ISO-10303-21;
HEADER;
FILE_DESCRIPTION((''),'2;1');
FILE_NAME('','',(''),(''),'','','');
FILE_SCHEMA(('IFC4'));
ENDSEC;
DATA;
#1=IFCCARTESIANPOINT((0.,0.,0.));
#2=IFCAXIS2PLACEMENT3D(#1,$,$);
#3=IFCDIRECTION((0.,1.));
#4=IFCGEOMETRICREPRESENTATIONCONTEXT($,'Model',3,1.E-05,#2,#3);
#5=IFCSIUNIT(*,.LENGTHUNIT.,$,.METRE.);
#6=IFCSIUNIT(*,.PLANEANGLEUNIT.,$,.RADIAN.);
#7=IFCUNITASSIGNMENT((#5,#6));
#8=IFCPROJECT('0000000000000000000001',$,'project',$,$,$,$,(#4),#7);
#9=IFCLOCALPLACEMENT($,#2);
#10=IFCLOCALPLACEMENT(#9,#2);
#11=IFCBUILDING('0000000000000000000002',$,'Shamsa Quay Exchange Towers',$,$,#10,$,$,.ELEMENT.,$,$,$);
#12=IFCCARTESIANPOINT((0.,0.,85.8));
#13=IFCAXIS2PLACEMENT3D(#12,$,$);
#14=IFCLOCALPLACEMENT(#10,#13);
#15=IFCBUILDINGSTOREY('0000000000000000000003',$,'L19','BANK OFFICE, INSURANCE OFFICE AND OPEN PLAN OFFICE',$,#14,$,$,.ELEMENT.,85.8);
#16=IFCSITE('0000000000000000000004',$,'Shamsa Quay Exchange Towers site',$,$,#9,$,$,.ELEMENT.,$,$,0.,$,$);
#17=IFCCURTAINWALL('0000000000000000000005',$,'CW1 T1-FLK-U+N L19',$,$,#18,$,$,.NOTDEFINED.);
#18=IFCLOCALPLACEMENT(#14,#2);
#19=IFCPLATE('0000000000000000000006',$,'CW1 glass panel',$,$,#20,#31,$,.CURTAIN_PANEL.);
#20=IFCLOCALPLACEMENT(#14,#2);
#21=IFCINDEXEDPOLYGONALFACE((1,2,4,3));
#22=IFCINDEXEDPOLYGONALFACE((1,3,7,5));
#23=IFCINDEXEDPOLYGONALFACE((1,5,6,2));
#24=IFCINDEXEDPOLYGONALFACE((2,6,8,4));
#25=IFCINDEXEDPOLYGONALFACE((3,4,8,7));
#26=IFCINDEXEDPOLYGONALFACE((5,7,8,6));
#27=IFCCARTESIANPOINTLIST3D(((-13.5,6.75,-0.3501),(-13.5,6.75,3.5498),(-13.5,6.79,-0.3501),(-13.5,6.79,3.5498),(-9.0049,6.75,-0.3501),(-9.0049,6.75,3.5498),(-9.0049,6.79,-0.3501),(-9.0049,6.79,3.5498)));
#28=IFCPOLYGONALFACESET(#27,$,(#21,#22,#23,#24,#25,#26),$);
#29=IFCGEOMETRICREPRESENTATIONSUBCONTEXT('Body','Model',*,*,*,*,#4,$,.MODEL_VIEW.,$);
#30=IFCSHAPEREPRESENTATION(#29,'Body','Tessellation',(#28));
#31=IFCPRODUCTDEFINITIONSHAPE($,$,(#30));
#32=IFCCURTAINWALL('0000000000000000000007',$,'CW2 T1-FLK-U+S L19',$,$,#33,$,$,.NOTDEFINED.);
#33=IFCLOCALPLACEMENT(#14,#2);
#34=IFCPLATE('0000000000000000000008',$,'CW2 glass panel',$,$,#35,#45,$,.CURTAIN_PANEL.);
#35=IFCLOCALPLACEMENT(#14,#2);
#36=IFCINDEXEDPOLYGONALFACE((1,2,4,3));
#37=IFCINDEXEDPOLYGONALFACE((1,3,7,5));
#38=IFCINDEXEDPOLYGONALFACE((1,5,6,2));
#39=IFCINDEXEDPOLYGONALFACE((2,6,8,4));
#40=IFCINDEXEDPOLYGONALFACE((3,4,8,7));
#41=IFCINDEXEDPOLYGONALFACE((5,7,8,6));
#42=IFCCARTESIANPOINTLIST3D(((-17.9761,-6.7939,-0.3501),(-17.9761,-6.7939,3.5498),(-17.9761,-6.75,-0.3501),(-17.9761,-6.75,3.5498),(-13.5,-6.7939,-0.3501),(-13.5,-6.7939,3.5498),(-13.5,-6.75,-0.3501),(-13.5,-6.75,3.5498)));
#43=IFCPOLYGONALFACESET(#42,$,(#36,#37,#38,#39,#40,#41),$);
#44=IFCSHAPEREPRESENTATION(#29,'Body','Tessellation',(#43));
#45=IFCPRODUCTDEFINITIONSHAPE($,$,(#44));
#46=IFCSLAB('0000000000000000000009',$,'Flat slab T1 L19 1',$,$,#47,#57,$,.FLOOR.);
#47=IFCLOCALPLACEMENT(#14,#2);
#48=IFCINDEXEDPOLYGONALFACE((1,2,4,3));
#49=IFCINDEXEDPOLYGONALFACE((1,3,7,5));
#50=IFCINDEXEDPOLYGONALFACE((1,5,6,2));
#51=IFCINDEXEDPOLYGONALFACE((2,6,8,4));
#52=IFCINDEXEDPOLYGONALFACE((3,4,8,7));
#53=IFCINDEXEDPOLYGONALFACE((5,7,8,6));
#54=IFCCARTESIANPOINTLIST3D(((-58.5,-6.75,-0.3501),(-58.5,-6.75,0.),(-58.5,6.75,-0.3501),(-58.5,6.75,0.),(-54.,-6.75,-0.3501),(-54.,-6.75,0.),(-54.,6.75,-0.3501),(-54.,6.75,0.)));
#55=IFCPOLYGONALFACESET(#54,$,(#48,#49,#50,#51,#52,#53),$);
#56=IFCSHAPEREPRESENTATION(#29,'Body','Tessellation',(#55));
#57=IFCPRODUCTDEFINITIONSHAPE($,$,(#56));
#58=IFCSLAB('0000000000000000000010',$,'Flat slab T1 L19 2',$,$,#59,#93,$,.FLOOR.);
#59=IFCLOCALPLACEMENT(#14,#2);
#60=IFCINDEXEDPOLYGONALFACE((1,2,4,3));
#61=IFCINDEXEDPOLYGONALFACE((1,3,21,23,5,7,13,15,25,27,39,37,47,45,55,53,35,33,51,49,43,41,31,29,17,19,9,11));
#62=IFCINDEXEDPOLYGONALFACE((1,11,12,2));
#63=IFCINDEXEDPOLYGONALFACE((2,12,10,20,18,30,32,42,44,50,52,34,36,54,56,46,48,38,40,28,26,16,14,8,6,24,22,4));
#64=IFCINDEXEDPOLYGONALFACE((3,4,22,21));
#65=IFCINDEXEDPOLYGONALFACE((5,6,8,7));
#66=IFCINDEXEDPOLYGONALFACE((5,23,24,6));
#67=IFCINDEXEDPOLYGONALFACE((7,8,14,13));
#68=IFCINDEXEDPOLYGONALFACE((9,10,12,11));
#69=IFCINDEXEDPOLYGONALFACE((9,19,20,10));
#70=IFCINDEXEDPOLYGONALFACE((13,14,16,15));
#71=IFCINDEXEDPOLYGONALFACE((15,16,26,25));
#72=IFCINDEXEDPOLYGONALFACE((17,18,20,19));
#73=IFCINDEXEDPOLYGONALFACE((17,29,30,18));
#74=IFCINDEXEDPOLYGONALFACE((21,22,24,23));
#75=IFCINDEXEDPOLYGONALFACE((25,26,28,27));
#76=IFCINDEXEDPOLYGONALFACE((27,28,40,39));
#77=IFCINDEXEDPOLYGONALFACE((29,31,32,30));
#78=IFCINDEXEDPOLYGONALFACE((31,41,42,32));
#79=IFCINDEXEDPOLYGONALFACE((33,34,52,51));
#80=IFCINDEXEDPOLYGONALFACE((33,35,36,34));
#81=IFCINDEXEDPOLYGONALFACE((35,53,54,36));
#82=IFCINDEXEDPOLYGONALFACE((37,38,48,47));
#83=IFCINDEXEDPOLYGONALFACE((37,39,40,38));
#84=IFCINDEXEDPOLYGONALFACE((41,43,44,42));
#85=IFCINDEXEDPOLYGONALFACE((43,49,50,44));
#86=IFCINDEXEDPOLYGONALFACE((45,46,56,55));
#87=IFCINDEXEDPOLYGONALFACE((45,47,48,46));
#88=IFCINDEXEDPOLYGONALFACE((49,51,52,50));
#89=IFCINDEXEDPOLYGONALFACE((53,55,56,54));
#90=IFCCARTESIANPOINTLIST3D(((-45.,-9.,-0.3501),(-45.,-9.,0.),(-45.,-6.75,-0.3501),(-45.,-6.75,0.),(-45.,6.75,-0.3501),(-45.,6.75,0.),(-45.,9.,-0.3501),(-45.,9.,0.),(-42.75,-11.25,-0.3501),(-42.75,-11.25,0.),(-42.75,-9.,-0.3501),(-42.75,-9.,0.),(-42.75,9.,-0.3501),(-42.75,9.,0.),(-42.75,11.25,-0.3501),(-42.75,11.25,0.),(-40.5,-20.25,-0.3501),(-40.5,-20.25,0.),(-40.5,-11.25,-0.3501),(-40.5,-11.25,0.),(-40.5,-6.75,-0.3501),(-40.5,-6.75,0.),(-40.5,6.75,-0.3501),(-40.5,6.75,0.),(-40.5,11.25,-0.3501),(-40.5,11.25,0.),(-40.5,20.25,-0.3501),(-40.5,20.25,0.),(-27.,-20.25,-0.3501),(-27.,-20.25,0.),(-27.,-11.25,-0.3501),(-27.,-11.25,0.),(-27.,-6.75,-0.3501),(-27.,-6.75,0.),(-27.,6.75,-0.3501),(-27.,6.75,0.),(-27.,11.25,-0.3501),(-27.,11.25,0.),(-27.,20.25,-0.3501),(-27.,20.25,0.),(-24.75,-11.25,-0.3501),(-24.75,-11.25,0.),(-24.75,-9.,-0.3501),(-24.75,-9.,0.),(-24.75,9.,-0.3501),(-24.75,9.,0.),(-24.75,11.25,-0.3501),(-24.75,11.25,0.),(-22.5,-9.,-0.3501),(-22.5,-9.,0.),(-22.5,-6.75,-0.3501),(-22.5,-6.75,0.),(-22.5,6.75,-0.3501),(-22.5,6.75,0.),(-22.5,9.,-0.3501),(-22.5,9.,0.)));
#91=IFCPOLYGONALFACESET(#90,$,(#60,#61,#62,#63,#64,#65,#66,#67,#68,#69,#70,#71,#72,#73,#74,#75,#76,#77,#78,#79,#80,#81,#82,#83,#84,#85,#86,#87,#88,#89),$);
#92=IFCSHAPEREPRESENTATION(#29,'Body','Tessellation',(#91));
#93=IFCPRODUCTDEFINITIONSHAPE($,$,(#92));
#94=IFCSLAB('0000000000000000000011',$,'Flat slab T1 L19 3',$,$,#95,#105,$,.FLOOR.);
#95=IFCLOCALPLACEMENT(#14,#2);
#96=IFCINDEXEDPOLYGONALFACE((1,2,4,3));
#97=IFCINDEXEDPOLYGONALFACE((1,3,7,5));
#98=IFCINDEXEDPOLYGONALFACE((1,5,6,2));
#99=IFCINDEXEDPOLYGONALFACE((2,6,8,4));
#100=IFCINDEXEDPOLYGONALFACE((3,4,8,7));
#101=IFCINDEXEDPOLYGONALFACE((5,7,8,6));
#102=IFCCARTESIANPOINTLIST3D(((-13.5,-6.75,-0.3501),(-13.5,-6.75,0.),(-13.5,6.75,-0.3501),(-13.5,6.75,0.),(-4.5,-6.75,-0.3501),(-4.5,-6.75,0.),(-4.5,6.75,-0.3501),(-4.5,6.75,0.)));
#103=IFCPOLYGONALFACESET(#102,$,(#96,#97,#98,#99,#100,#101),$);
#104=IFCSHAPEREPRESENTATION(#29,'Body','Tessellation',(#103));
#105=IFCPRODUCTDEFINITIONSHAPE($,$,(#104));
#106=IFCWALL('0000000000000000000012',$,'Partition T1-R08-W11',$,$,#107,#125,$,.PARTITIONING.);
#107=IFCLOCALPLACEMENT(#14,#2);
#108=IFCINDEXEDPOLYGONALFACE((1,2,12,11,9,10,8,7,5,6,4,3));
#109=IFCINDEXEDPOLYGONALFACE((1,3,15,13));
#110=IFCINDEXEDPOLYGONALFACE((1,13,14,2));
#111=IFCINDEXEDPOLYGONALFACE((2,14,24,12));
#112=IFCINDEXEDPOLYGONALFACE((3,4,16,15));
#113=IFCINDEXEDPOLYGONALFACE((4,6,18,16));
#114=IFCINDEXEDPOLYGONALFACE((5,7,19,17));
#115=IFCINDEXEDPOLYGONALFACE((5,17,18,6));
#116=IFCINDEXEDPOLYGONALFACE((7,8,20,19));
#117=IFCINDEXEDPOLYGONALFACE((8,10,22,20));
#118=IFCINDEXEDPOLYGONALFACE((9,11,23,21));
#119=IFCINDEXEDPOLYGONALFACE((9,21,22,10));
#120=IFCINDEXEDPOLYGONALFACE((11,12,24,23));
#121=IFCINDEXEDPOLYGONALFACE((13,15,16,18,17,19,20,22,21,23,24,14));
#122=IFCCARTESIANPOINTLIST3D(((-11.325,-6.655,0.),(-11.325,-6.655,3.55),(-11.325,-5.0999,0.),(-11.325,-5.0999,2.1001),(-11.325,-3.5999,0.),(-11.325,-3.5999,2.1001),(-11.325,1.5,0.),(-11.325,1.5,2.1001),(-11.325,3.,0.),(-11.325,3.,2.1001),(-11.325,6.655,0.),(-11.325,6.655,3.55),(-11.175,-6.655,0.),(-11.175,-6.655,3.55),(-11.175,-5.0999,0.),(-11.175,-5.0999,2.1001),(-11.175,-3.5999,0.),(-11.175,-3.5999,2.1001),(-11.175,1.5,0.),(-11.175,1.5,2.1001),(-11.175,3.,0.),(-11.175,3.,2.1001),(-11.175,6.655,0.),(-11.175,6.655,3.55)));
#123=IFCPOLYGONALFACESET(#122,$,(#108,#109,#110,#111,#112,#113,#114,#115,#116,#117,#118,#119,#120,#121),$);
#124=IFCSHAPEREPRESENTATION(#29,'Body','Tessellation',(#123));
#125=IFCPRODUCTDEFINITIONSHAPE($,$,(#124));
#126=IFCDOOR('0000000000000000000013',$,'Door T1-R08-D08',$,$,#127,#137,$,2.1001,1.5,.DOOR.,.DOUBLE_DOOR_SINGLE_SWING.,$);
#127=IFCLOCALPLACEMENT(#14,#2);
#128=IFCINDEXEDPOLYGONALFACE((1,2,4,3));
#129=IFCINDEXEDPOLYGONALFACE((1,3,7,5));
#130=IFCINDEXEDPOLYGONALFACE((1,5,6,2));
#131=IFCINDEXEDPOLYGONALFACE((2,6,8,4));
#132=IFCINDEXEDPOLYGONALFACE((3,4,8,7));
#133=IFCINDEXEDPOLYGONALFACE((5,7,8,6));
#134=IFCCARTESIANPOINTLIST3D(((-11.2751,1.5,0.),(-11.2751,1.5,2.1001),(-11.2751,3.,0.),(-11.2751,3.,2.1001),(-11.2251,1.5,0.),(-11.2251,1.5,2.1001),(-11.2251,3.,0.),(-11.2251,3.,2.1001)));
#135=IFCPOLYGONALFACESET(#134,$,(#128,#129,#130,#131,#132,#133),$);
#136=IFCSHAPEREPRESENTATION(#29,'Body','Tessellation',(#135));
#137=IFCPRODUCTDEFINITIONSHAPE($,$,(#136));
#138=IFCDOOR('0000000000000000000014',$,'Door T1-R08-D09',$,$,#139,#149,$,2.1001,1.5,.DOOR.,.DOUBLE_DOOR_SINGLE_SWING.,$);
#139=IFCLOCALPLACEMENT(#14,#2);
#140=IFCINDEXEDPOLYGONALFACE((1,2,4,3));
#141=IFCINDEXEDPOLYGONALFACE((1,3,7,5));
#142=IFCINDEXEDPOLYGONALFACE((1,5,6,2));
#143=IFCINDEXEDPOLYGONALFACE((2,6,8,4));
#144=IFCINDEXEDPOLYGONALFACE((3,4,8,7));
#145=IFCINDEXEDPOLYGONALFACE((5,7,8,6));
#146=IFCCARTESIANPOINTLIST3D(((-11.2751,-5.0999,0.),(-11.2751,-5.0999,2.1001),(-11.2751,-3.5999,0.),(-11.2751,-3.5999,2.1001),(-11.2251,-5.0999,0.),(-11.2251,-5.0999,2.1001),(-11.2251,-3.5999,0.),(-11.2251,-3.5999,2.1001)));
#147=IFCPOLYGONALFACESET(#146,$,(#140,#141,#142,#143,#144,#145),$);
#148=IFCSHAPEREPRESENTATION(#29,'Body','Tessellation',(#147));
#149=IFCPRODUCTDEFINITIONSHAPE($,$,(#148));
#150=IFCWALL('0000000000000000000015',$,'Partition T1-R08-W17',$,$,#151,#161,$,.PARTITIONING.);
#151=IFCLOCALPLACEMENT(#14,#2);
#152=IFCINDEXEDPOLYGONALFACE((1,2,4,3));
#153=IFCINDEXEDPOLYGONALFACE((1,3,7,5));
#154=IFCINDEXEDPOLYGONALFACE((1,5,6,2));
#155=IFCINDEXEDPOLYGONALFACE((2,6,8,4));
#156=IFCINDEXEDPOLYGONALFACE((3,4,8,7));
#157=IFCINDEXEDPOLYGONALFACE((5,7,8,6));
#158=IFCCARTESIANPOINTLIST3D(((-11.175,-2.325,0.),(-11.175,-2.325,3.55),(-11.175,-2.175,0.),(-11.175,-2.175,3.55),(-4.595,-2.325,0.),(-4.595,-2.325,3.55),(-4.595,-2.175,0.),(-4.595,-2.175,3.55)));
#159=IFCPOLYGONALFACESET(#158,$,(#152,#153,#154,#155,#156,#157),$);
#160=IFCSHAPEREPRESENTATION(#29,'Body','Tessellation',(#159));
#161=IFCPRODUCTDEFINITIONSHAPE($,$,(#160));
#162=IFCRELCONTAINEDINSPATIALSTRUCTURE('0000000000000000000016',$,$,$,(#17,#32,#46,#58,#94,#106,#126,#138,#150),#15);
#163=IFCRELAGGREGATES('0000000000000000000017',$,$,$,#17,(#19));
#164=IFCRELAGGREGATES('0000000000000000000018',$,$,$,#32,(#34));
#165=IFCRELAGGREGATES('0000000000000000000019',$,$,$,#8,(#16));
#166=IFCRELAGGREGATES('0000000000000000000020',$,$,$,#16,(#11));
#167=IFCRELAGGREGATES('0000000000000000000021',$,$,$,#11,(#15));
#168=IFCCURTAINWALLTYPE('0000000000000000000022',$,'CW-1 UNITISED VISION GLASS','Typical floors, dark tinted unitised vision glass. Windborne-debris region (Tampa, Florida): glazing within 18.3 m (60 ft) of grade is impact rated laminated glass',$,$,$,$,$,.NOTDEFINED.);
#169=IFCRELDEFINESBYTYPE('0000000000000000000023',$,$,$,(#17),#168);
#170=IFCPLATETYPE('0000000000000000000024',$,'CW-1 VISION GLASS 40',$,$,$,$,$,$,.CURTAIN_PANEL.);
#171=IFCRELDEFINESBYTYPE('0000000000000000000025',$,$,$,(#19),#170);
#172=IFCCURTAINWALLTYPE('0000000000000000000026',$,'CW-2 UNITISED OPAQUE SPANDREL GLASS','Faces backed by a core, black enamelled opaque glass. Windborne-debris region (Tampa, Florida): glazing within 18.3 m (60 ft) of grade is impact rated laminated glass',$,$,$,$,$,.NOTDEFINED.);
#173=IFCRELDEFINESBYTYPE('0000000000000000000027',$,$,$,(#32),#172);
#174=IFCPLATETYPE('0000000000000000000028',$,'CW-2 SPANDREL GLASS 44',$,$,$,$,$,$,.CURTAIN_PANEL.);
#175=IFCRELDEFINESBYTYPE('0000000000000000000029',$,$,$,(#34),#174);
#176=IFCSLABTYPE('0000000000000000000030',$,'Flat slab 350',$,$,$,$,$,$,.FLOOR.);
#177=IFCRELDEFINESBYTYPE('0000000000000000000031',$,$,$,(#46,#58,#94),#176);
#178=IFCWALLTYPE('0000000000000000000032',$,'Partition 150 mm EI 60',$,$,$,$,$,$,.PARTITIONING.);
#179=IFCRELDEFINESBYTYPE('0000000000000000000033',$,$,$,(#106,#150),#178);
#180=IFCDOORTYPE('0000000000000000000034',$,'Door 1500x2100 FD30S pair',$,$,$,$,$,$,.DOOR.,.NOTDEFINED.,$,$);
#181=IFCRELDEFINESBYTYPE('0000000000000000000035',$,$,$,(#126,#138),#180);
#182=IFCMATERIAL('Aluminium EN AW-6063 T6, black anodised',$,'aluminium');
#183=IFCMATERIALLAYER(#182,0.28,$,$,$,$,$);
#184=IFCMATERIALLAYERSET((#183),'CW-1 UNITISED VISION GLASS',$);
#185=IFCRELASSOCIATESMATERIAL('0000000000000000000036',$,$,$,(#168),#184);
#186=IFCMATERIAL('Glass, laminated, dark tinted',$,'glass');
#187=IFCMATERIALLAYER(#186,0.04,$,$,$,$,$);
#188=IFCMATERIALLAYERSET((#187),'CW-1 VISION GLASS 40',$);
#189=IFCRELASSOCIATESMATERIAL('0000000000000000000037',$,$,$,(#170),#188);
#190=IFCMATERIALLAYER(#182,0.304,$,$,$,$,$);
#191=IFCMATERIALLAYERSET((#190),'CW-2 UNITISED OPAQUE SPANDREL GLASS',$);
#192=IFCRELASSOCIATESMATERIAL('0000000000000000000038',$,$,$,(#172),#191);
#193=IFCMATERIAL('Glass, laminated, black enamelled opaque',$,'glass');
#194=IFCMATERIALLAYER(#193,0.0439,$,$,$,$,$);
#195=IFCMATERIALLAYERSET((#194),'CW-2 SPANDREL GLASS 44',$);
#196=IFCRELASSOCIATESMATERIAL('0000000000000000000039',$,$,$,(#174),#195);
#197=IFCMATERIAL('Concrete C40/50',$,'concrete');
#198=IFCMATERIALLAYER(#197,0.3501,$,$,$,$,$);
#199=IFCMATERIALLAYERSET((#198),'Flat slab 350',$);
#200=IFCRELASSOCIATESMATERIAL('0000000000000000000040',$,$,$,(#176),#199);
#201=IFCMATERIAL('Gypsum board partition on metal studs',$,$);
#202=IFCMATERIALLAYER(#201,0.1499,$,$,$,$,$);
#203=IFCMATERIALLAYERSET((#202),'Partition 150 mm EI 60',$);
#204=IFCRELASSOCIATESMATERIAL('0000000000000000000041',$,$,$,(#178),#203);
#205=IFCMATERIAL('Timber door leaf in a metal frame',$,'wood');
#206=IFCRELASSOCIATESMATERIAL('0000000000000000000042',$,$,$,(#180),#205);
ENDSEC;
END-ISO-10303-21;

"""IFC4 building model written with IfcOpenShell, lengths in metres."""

from ifc_helpers import new_model, si_unit, direction, frame, frame_2d, origin, origin_2d, place, context, subcontext, project, spatial, polyline, rectangle, outline, extrude, material, layer, layer_set, type_object, element, fill, aggregate, save


model = new_model("IFC4")

# Units and contexts
model_context = context("Model", 3, precision=1e-05, world=origin(), true_north=direction((0.0, 1.0)))
body_context = subcontext(model_context, "Body", "Model", "MODEL_VIEW")
ifc_project = project(units=[si_unit("LENGTHUNIT", "METRE"), si_unit("PLANEANGLEUNIT", "RADIAN")], contexts=[model_context])

# Site, building, storey
site_placement = place(None, origin())
site = spatial("IfcSite", under=ifc_project, at=site_placement, Name="Shamsa Quay Exchange Towers site", CompositionType="ELEMENT", RefElevation=0.0)
building_placement = place(site_placement, origin())
building = spatial("IfcBuilding", under=site, at=building_placement, Name="Shamsa Quay Exchange Towers", CompositionType="ELEMENT")
storey_placement = place(building_placement, frame((0.0, 0.0, 85.8)))
storey = spatial("IfcBuildingStorey", under=building, at=storey_placement, Name="L19", Description="BANK OFFICE, INSURANCE OFFICE AND OPEN PLAN OFFICE", CompositionType="ELEMENT", Elevation=85.8)

# Shared definitions
ifc_material_1 = material(Name="Aluminium EN AW-6063 T6, black anodised", Category="aluminium")
ifc_layer_1 = layer(ifc_material_1, 0.28)
ifc_layer_set_1 = layer_set([ifc_layer_1], Name="CW-1 UNITISED VISION GLASS")
curtain_wall_type_1 = type_object("IfcCurtainWallType", Name="CW-1 UNITISED VISION GLASS", Description="Typical floors, dark tinted unitised vision glass. Windborne-debris region (Tampa, Florida): glazing within 18.3 m (60 ft) of grade is impact rated laminated glass", PredefinedType="NOTDEFINED", material=ifc_layer_set_1)

# Shared definitions
ifc_material_2 = material(Name="Glass, laminated, dark tinted", Category="glass")
ifc_layer_2 = layer(ifc_material_2, 0.04)
ifc_layer_set_2 = layer_set([ifc_layer_2], Name="CW-1 VISION GLASS 40")
plate_type_1 = type_object("IfcPlateType", Name="CW-1 VISION GLASS 40", PredefinedType="CURTAIN_PANEL", material=ifc_layer_set_2)

# Curtain wall, plate
curtain_wall_1_placement = place(storey_placement, origin())
curtain_wall_1 = element("IfcCurtainWall", 1, at=curtain_wall_1_placement, inside=storey, type_object=curtain_wall_type_1, Name="CW1 T1-FLK-U+N L19", PredefinedType="NOTDEFINED")
plate_1_placement = place(storey_placement, frame((-11.2524, 6.77, -0.3501), z_axis=(0.0, 0.0, 1.0), x_axis=(-1.0, 0.0, 0.0)))
plate_1 = element("IfcPlate", 2, at=plate_1_placement, type_object=plate_type_1, Name="CW1 glass panel", PredefinedType="CURTAIN_PANEL", context=body_context, shape_type="SweptSolid", body=[
    extrude(rectangle(XDim=4.4951, YDim=0.04, at=origin_2d()), origin(), (0.0, 0.0, 1.0), 3.8999),
])
aggregate(curtain_wall_1, [plate_1])

# Curtain wall, plate
ifc_layer_3 = layer(ifc_material_1, 0.304)
ifc_layer_set_3 = layer_set([ifc_layer_3], Name="CW-2 UNITISED OPAQUE SPANDREL GLASS")
curtain_wall_type_2 = type_object("IfcCurtainWallType", Name="CW-2 UNITISED OPAQUE SPANDREL GLASS", Description="Faces backed by a core, black enamelled opaque glass. Windborne-debris region (Tampa, Florida): glazing within 18.3 m (60 ft) of grade is impact rated laminated glass", PredefinedType="NOTDEFINED", material=ifc_layer_set_3)
curtain_wall_2_placement = place(storey_placement, origin())
curtain_wall_2 = element("IfcCurtainWall", 3, at=curtain_wall_2_placement, inside=storey, type_object=curtain_wall_type_2, Name="CW2 T1-FLK-U+S L19", PredefinedType="NOTDEFINED")
ifc_material_3 = material(Name="Glass, laminated, black enamelled opaque", Category="glass")
ifc_layer_4 = layer(ifc_material_3, 0.0439)
ifc_layer_set_4 = layer_set([ifc_layer_4], Name="CW-2 SPANDREL GLASS 44")
plate_type_2 = type_object("IfcPlateType", Name="CW-2 SPANDREL GLASS 44", PredefinedType="CURTAIN_PANEL", material=ifc_layer_set_4)
plate_2_placement = place(storey_placement, frame((-15.738, -6.772, -0.3501)))
plate_2 = element("IfcPlate", 4, at=plate_2_placement, type_object=plate_type_2, Name="CW2 glass panel", PredefinedType="CURTAIN_PANEL", context=body_context, shape_type="SweptSolid", body=[
    extrude(rectangle(XDim=4.4761, YDim=0.0439, at=origin_2d()), origin(), (0.0, 0.0, 1.0), 3.8999),
])
aggregate(curtain_wall_2, [plate_2])

# Slabs
ifc_material_4 = material(Name="Concrete C40/50", Category="concrete")
ifc_layer_5 = layer(ifc_material_4, 0.3501)
ifc_layer_set_5 = layer_set([ifc_layer_5], Name="Flat slab 350")
slab_type = type_object("IfcSlabType", Name="Flat slab 350", PredefinedType="FLOOR", material=ifc_layer_set_5)
slab_1_placement = place(storey_placement, frame((0.0, 0.0, -0.3501)))
element("IfcSlab", 5, at=slab_1_placement, inside=storey, type_object=slab_type, Name="Flat slab T1 L19 1", PredefinedType="FLOOR", context=body_context, shape_type="SweptSolid", body=[
    extrude(outline(polyline([(-58.5, -6.75), (-54.0, -6.75), (-54.0, 6.75), (-58.5, 6.75), (-58.5, -6.75)])), origin(), (0.0, 0.0, 1.0), 0.3501),
])
slab_2_placement = place(storey_placement, frame((0.0, 0.0, -0.3501)))
element("IfcSlab", 6, at=slab_2_placement, inside=storey, type_object=slab_type, Name="Flat slab T1 L19 2", PredefinedType="FLOOR", context=body_context, shape_type="SweptSolid", body=[
    extrude(outline(polyline([(-22.5, -9.0), (-22.5, -6.75), (-27.0, -6.75), (-27.0, 6.75), (-22.5, 6.75), (-22.5, 9.0), (-24.75, 9.0), (-24.75, 11.25), (-27.0, 11.25), (-27.0, 20.25), (-40.5, 20.25), (-40.5, 11.25), (-42.75, 11.25), (-42.75, 9.0), (-45.0, 9.0), (-45.0, 6.75), (-40.5, 6.75), (-40.5, -6.75), (-45.0, -6.75), (-45.0, -9.0), (-42.75, -9.0), (-42.75, -11.25), (-40.5, -11.25), (-40.5, -20.25), (-27.0, -20.25), (-27.0, -11.25), (-24.75, -11.25), (-24.75, -9.0), (-22.5, -9.0)])), origin(), (0.0, 0.0, 1.0), 0.3501),
])
slab_3_placement = place(storey_placement, frame((0.0, 0.0, -0.3501)))
element("IfcSlab", 7, at=slab_3_placement, inside=storey, type_object=slab_type, Name="Flat slab T1 L19 3", PredefinedType="FLOOR", context=body_context, shape_type="SweptSolid", body=[
    extrude(outline(polyline([(-4.5, 6.75), (-13.5, 6.75), (-13.5, -6.75), (-4.5, -6.75), (-4.5, 6.75)])), origin(), (0.0, 0.0, 1.0), 0.3501),
])

# Wall, openings, doors
ifc_material_5 = material(Name="Gypsum board partition on metal studs")
ifc_layer_6 = layer(ifc_material_5, 0.1499)
ifc_layer_set_6 = layer_set([ifc_layer_6], Name="Partition 150 mm EI 60")
wall_type_1 = type_object("IfcWallType", Name="Partition 150 mm EI 60", PredefinedType="PARTITIONING", material=ifc_layer_set_6)
wall_1_placement = place(storey_placement, frame((-11.25, 6.655, 0.0), z_axis=(0.0, 0.0, 1.0), x_axis=(0.0, -1.0, 0.0)))
wall_1 = element("IfcWall", 8, at=wall_1_placement, inside=storey, type_object=wall_type_1, Name="Partition T1-R08-W11", PredefinedType="PARTITIONING", context=body_context, shape_type="SweptSolid", body=[
    extrude(rectangle(XDim=13.3101, YDim=0.1499, at=frame_2d((6.655, 0.0))), origin(), (0.0, 0.0, 1.0), 3.55),
])
opening_1_placement = place(wall_1_placement, frame((3.655, 0.0, 0.0)))
opening_1 = element("IfcOpeningElement", 9, at=opening_1_placement, cuts=wall_1, PredefinedType="OPENING", context=body_context, shape_type="SweptSolid", body=[
    extrude(rectangle(XDim=1.5, YDim=2.1001, at=frame_2d((0.75, 1.05))), frame((0.0, 0.085, 0.0), z_axis=(0.0, -1.0, 0.0), x_axis=(1.0, 0.0, 0.0)), (0.0, 0.0, 1.0), 0.1699),
])
opening_2_placement = place(wall_1_placement, frame((10.2549, 0.0, 0.0)))
opening_2 = element("IfcOpeningElement", 10, at=opening_2_placement, cuts=wall_1, PredefinedType="OPENING", context=body_context, shape_type="SweptSolid", body=[
    extrude(rectangle(XDim=1.5, YDim=2.1001, at=frame_2d((0.75, 1.05))), frame((0.0, 0.085, 0.0), z_axis=(0.0, -1.0, 0.0), x_axis=(1.0, 0.0, 0.0)), (0.0, 0.0, 1.0), 0.1699),
])
ifc_material_6 = material(Name="Timber door leaf in a metal frame", Category="wood")
door_type_1 = type_object("IfcDoorType", Name="Door 1500x2100 FD30S pair", OperationType="NOTDEFINED", PredefinedType="DOOR", material=ifc_material_6)
door_1_placement = place(opening_1_placement, origin())
door_1 = element("IfcDoor", 11, at=door_1_placement, inside=storey, type_object=door_type_1, Name="Door T1-R08-D08", OperationType="DOUBLE_DOOR_SINGLE_SWING", OverallHeight=2.1001, OverallWidth=1.5, PredefinedType="DOOR", context=body_context, shape_type="SweptSolid", body=[
    extrude(rectangle(XDim=1.5, YDim=2.1001, at=frame_2d((0.75, 1.05))), frame((0.0, 0.0249, 0.0), z_axis=(0.0, -1.0, 0.0), x_axis=(1.0, 0.0, 0.0)), (0.0, 0.0, 1.0), 0.05),
])
fill(opening_1, door_1)
door_2_placement = place(opening_2_placement, origin())
door_2 = element("IfcDoor", 12, at=door_2_placement, inside=storey, type_object=door_type_1, Name="Door T1-R08-D09", OperationType="DOUBLE_DOOR_SINGLE_SWING", OverallHeight=2.1001, OverallWidth=1.5, PredefinedType="DOOR", context=body_context, shape_type="SweptSolid", body=[
    extrude(rectangle(XDim=1.5, YDim=2.1001, at=frame_2d((0.75, 1.05))), frame((0.0, 0.0249, 0.0), z_axis=(0.0, -1.0, 0.0), x_axis=(1.0, 0.0, 0.0)), (0.0, 0.0, 1.0), 0.05),
])
fill(opening_2, door_2)

# Wall
wall_2_placement = place(storey_placement, frame((-4.595, -2.25, 0.0), z_axis=(0.0, 0.0, 1.0), x_axis=(-1.0, 0.0, 0.0)))
element("IfcWall", 13, at=wall_2_placement, inside=storey, type_object=wall_type_1, Name="Partition T1-R08-W17", PredefinedType="PARTITIONING", context=body_context, shape_type="SweptSolid", body=[
    extrude(rectangle(XDim=6.5801, YDim=0.1499, at=frame_2d((3.29, 0.0))), origin(), (0.0, 0.0, 1.0), 3.55),
])

save(model, "model.ifc")
